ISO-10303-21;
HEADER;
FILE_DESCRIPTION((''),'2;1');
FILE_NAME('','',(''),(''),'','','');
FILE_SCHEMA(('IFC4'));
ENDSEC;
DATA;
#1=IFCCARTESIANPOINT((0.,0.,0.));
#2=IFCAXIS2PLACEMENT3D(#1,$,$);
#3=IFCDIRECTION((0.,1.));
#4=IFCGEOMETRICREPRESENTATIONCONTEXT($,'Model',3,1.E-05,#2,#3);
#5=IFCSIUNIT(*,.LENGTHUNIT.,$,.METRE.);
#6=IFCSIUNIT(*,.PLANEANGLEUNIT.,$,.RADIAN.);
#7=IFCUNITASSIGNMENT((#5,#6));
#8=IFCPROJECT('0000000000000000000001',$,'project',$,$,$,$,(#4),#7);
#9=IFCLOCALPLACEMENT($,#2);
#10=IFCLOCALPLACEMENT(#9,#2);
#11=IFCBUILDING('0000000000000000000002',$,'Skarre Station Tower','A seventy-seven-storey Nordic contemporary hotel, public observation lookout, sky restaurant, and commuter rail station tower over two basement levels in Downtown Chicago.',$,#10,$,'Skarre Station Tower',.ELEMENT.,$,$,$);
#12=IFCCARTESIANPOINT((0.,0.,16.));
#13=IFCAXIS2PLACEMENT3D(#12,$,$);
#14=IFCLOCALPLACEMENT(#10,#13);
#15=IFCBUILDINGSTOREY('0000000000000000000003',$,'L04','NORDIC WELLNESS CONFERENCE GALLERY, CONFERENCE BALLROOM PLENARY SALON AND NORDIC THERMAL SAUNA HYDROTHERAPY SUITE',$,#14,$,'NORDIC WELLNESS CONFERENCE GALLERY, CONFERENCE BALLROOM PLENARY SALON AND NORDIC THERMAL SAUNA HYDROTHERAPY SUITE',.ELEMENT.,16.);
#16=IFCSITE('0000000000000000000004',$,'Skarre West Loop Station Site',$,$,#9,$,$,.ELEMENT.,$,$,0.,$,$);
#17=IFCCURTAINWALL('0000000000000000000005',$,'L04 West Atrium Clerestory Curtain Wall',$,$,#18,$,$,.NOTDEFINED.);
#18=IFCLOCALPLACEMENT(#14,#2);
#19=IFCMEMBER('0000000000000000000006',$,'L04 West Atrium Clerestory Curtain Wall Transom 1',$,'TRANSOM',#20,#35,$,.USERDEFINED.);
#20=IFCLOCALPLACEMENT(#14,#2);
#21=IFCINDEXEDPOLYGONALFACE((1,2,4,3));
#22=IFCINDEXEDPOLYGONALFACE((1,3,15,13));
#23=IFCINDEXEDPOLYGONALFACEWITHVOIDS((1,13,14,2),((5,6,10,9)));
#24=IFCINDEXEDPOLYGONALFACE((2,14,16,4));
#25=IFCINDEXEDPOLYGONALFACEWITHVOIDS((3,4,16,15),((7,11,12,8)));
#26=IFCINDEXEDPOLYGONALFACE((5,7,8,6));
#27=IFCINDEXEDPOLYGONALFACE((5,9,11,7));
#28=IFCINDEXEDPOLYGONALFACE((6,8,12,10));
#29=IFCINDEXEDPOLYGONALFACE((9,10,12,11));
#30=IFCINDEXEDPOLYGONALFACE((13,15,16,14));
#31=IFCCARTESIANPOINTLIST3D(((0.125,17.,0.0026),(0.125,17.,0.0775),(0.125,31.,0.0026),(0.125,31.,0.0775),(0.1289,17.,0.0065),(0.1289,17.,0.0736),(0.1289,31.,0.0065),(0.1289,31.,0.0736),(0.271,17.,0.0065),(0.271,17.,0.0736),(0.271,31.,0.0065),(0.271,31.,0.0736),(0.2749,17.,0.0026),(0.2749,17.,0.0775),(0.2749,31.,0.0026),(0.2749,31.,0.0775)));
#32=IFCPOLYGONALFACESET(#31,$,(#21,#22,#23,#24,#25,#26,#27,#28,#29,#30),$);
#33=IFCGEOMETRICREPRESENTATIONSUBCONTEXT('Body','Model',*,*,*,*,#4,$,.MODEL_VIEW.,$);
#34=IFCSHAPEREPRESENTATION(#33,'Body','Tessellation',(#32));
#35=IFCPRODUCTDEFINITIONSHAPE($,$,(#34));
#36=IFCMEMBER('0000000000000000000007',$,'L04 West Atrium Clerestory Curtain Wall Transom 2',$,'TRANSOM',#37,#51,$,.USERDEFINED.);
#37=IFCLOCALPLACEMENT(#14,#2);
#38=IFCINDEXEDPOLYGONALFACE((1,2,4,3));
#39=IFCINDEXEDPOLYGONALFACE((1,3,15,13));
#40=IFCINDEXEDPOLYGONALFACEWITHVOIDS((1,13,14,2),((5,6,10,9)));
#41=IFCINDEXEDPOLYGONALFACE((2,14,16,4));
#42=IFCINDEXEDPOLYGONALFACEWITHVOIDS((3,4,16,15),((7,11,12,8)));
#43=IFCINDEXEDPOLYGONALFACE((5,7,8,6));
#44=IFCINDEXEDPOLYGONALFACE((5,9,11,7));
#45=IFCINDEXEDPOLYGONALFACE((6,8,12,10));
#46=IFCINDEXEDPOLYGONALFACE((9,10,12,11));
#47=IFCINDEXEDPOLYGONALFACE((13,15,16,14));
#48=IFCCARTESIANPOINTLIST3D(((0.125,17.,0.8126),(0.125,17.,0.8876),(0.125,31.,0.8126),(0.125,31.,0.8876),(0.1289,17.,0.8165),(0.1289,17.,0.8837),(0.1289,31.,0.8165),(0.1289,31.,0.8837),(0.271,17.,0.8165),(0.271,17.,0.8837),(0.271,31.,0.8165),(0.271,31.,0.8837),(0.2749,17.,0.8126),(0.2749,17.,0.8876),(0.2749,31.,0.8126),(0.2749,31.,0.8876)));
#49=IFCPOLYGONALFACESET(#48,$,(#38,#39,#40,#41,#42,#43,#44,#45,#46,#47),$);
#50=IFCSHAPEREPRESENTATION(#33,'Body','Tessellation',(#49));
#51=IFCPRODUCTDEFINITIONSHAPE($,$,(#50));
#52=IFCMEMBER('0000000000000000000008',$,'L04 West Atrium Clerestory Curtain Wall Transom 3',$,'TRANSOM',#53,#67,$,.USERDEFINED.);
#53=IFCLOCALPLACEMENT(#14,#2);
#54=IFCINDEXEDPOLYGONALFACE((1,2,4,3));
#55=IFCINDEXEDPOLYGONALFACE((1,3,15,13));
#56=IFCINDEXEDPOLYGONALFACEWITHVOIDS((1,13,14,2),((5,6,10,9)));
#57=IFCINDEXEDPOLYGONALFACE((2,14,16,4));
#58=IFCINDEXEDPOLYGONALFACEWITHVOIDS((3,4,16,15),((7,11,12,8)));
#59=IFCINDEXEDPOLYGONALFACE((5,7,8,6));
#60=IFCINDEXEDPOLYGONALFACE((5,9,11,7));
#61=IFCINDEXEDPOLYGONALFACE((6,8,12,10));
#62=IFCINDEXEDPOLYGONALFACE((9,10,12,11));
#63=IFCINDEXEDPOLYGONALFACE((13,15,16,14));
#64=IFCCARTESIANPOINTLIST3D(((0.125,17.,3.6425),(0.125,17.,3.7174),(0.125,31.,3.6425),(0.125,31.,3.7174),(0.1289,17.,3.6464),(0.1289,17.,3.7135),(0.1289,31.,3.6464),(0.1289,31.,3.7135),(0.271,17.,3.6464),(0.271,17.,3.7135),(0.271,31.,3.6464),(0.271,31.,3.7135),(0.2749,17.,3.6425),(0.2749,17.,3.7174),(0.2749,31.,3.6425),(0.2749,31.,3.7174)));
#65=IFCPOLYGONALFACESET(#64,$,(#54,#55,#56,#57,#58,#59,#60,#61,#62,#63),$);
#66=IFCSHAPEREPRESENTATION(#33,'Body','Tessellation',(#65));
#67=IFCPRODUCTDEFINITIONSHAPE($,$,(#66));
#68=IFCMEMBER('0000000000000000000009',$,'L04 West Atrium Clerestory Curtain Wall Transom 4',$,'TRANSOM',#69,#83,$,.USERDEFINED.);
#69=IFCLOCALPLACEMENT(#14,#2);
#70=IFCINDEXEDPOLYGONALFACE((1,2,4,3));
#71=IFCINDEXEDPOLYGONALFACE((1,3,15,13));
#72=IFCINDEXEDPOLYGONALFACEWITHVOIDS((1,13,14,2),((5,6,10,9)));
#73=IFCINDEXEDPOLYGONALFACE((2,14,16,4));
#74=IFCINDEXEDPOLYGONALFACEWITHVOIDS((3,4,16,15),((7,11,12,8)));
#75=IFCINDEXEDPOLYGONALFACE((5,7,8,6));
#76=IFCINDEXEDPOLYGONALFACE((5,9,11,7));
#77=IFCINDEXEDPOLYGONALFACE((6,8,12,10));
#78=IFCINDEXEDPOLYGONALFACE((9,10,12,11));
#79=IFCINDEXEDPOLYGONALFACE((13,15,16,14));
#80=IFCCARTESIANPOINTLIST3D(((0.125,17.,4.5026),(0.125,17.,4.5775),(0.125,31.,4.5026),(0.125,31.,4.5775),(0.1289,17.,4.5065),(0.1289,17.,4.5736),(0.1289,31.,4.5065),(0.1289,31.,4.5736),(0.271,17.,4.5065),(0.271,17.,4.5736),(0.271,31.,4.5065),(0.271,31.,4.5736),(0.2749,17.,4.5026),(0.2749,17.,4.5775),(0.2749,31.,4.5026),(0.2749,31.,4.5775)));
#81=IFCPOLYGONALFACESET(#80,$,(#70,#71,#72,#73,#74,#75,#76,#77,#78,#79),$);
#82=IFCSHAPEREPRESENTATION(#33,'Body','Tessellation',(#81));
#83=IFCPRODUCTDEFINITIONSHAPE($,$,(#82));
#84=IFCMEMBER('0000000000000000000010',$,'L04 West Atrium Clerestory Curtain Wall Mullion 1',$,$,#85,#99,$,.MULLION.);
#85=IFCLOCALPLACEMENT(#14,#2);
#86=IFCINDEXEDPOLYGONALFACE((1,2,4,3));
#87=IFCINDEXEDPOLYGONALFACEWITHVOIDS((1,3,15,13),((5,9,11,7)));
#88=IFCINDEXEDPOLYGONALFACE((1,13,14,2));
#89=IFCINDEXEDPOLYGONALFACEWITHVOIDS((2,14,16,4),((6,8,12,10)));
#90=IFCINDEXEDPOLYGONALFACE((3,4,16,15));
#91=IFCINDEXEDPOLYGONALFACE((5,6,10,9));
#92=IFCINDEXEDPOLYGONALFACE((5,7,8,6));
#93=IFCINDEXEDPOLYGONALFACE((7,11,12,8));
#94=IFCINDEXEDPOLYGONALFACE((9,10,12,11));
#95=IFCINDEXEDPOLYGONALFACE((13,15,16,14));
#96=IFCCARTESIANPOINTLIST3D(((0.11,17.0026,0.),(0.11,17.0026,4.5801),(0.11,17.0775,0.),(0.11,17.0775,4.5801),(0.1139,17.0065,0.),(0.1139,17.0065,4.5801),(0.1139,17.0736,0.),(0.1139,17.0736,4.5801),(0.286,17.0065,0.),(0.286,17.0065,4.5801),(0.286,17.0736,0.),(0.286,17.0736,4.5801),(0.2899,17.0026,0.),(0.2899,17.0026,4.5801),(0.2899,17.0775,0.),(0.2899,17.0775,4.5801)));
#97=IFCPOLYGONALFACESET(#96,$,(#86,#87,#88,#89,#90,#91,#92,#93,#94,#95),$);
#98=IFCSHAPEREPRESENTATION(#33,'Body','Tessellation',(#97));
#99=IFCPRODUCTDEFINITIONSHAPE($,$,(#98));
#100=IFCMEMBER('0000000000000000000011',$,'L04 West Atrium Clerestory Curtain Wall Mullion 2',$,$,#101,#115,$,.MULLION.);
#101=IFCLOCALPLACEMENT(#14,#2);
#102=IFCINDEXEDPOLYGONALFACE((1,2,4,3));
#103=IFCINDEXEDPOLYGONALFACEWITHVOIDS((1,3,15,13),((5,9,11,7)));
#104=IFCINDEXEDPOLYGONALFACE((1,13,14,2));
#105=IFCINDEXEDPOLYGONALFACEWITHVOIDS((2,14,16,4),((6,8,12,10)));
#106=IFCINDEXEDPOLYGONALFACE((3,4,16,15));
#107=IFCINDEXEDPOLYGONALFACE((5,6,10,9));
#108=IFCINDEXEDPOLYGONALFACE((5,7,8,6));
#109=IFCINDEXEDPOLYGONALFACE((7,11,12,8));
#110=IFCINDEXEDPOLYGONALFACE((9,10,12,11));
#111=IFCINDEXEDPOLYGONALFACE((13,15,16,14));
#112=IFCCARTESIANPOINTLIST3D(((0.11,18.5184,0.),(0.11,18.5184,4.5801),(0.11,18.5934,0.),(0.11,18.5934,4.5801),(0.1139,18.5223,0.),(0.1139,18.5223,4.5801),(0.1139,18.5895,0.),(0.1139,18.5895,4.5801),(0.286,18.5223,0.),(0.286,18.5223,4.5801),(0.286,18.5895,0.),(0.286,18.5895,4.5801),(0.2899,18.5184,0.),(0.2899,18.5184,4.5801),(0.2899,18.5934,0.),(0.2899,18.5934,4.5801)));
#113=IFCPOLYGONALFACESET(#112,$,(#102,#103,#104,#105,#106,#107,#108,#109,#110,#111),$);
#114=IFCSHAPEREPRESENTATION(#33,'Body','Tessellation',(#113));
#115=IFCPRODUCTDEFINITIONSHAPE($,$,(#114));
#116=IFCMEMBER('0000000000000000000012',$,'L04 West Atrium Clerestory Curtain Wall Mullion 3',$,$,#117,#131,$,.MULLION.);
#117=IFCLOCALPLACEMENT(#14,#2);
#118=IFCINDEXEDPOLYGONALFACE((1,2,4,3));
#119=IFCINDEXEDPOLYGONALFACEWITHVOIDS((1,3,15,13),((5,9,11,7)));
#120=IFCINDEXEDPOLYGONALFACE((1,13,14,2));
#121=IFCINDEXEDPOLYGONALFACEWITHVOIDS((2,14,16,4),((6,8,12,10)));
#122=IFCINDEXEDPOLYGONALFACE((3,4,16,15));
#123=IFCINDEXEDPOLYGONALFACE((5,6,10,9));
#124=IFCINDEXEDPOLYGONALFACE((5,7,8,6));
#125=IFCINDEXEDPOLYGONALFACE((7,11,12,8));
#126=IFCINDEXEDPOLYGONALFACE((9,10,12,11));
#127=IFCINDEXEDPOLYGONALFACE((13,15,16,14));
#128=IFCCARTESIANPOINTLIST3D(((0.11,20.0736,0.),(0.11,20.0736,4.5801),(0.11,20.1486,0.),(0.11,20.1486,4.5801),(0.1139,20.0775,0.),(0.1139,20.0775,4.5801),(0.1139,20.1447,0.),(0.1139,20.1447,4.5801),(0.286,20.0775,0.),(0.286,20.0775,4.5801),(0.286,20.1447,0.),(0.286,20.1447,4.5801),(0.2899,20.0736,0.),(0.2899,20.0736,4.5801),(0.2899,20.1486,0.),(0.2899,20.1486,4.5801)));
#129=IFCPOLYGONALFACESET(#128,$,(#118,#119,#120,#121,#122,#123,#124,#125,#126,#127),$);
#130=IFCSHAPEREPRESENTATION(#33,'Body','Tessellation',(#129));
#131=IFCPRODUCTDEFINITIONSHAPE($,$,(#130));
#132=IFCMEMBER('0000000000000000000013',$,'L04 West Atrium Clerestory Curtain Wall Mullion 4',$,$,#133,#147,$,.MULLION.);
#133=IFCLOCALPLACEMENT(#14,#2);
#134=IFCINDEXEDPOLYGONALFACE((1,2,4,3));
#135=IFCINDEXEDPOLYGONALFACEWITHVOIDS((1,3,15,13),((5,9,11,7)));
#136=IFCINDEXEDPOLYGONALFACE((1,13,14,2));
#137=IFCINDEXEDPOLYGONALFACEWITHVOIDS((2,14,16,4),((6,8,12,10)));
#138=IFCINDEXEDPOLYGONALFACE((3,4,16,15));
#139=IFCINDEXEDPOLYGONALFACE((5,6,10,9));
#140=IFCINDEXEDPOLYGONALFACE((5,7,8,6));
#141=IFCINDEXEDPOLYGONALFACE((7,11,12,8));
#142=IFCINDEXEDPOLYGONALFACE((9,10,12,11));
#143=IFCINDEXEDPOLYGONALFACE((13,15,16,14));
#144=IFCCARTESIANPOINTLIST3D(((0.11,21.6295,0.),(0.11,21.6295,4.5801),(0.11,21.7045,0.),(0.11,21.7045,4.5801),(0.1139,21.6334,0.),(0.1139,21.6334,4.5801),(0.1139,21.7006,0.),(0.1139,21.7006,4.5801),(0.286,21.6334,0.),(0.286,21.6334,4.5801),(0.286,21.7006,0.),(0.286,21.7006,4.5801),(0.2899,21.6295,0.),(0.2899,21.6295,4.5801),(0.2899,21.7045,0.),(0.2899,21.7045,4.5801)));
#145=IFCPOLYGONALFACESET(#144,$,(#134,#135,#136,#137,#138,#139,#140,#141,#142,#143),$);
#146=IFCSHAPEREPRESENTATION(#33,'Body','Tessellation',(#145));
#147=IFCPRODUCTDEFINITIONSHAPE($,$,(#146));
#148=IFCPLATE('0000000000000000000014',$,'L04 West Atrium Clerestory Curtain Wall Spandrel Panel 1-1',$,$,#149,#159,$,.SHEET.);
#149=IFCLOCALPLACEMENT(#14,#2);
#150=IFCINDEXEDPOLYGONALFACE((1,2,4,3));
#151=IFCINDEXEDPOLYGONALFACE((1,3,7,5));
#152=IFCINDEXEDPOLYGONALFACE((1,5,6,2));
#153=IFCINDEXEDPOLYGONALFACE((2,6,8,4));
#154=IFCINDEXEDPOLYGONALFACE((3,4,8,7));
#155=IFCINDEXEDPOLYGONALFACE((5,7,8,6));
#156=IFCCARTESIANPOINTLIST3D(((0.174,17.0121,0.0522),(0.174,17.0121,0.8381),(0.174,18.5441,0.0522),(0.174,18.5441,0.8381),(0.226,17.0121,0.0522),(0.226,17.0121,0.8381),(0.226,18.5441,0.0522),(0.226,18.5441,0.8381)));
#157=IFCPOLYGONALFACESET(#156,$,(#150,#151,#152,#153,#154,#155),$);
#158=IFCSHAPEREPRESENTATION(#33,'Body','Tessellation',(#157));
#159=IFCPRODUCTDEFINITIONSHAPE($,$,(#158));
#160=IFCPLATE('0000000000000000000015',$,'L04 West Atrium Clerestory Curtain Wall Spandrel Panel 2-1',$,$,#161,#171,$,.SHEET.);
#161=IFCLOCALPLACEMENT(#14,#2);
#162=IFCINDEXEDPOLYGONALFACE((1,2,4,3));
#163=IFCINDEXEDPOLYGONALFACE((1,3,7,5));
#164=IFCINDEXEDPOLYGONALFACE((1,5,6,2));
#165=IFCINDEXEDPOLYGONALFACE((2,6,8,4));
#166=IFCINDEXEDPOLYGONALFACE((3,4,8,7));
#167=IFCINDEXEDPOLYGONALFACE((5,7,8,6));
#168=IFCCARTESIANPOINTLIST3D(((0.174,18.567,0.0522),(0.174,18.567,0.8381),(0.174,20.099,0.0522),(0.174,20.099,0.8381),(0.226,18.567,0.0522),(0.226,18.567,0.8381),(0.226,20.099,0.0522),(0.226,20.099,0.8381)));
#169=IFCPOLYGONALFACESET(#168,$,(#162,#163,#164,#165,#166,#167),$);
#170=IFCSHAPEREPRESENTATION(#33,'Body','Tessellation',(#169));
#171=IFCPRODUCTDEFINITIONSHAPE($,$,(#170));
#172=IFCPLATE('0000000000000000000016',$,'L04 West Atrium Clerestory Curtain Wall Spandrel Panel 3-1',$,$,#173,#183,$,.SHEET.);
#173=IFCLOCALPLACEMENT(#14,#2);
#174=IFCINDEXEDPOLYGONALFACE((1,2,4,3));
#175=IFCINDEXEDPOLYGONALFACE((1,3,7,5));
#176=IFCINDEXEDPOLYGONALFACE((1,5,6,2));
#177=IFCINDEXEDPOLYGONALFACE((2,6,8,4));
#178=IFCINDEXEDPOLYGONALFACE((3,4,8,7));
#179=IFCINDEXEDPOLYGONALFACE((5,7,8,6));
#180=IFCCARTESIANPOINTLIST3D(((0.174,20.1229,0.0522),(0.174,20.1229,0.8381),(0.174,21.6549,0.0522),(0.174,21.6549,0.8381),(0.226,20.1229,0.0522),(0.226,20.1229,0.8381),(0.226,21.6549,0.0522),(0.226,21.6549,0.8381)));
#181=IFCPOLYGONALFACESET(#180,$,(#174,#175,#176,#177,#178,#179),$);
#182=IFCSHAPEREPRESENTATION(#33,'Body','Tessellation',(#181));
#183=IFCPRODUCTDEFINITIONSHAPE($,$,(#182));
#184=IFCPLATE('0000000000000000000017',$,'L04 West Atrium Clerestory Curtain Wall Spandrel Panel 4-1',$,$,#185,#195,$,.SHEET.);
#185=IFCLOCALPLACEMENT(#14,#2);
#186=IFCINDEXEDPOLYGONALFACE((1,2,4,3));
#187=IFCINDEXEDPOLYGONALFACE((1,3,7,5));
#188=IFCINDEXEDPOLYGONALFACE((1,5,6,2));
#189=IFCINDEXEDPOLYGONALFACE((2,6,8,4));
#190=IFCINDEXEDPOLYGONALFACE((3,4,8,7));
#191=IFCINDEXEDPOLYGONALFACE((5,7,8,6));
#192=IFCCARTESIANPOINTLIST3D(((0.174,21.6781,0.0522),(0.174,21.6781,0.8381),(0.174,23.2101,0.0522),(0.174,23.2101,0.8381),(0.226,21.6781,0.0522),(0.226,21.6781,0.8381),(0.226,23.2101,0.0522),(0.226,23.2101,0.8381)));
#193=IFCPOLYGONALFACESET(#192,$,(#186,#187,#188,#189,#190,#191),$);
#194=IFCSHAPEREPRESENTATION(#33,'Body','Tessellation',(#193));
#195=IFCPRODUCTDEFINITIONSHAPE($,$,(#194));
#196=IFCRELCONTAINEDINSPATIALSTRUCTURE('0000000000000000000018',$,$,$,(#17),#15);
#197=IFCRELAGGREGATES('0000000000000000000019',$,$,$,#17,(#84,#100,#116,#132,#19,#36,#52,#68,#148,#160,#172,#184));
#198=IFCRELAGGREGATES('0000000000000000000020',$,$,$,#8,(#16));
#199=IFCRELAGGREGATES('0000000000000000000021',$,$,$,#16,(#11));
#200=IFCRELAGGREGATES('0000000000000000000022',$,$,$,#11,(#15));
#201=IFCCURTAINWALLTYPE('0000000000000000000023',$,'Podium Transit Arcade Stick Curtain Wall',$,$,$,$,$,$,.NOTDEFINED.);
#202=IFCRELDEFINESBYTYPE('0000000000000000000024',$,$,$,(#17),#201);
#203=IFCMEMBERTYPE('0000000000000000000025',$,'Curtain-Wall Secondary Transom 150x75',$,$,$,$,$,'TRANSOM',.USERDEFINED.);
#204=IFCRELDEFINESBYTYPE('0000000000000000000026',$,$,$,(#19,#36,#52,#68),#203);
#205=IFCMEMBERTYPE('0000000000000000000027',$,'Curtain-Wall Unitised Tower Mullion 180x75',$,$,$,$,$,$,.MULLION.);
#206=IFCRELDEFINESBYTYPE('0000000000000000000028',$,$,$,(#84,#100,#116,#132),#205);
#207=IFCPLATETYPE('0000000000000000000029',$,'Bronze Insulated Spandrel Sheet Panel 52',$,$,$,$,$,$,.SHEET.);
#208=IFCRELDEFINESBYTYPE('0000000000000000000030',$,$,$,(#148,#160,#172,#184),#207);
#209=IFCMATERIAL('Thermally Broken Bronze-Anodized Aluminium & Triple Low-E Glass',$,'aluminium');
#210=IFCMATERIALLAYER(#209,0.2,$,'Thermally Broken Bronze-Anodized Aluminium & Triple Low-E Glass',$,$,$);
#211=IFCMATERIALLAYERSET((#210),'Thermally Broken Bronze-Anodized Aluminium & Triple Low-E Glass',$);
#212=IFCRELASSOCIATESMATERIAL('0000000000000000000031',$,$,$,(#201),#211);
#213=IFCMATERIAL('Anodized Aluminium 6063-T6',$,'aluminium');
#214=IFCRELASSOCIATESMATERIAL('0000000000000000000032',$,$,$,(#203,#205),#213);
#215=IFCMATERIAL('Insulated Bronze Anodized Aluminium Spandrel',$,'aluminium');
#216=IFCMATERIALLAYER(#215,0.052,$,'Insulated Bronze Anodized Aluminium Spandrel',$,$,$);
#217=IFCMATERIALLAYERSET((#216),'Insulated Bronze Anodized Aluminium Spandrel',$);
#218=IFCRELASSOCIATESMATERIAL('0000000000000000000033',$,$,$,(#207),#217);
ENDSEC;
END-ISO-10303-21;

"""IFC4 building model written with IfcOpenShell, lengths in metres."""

from ifc_helpers import new_model, si_unit, direction, frame, origin, origin_2d, place, context, subcontext, project, spatial, rectangle, hollow_rectangle, extrude, material, layer, layer_set, material_profile, profile_set, type_object, element, aggregate, save


model = new_model("IFC4")

# Units and contexts
model_context = context("Model", 3, precision=1e-05, world=origin(), true_north=direction((0.0, 1.0)))
body_context = subcontext(model_context, "Body", "Model", "MODEL_VIEW")
ifc_project = project(units=[si_unit("LENGTHUNIT", "METRE"), si_unit("PLANEANGLEUNIT", "RADIAN")], contexts=[model_context])

# Site, building, storey
site_placement = place(None, origin())
site = spatial("IfcSite", under=ifc_project, at=site_placement, Name="Skarre West Loop Station Site", CompositionType="ELEMENT", RefElevation=0.0)
building_placement = place(site_placement, origin())
building = spatial("IfcBuilding", under=site, at=building_placement, Name="Skarre Station Tower", Description="A seventy-seven-storey Nordic contemporary hotel, public observation lookout, sky restaurant, and commuter rail station tower over two basement levels in Downtown Chicago.", LongName="Skarre Station Tower", CompositionType="ELEMENT")
storey_placement = place(building_placement, frame((0.0, 0.0, 16.0)))
storey = spatial("IfcBuildingStorey", under=building, at=storey_placement, Name="L04", Description="NORDIC WELLNESS CONFERENCE GALLERY, CONFERENCE BALLROOM PLENARY SALON AND NORDIC THERMAL SAUNA HYDROTHERAPY SUITE", LongName="NORDIC WELLNESS CONFERENCE GALLERY, CONFERENCE BALLROOM PLENARY SALON AND NORDIC THERMAL SAUNA HYDROTHERAPY SUITE", CompositionType="ELEMENT", Elevation=16.0)

# Curtain wall, members, plates
ifc_material_1 = material(Name="Thermally Broken Bronze-Anodized Aluminium & Triple Low-E Glass", Category="aluminium")
ifc_layer_1 = layer(ifc_material_1, 0.2, Name="Thermally Broken Bronze-Anodized Aluminium & Triple Low-E Glass")
ifc_layer_set_1 = layer_set([ifc_layer_1], Name="Thermally Broken Bronze-Anodized Aluminium & Triple Low-E Glass")
curtain_wall_type = type_object("IfcCurtainWallType", Name="Podium Transit Arcade Stick Curtain Wall", PredefinedType="NOTDEFINED", material=ifc_layer_set_1)
curtain_wall_placement = place(storey_placement, origin())
curtain_wall = element("IfcCurtainWall", 1, at=curtain_wall_placement, inside=storey, type_object=curtain_wall_type, Name="L04 West Atrium Clerestory Curtain Wall", PredefinedType="NOTDEFINED")
ifc_material_2 = material(Name="Anodized Aluminium 6063-T6", Category="aluminium")
ifc_material_profile_1 = material_profile(ifc_material_2, hollow_rectangle(XDim=0.075, YDim=0.1499, WallThickness=0.0039, at=origin_2d()), Name="Anodized Aluminium 6063-T6")
ifc_profile_set_1 = profile_set([ifc_material_profile_1], Name="Anodized Aluminium 6063-T6")
member_type_1 = type_object("IfcMemberType", Name="Curtain-Wall Secondary Transom 150x75", ElementType="TRANSOM", PredefinedType="USERDEFINED", material=ifc_profile_set_1)
member_1_placement = place(storey_placement, frame((0.2, 17.0, 0.04), z_axis=(0.0, 1.0, 0.0), x_axis=(0.0, 0.0, 1.0)))
member_1 = element("IfcMember", 2, at=member_1_placement, type_object=member_type_1, Name="L04 West Atrium Clerestory Curtain Wall Transom 1", ObjectType="TRANSOM", PredefinedType="USERDEFINED", context=body_context, shape_type="SweptSolid", body=[
    extrude(hollow_rectangle(XDim=0.075, YDim=0.1499, WallThickness=0.0039, at=origin_2d()), origin(), (0.0, 0.0, 1.0), 14.0),
])
member_2_placement = place(storey_placement, frame((0.2, 17.0, 0.8501), z_axis=(0.0, 1.0, 0.0), x_axis=(0.0, 0.0, 1.0)))
member_2 = element("IfcMember", 3, at=member_2_placement, type_object=member_type_1, Name="L04 West Atrium Clerestory Curtain Wall Transom 2", ObjectType="TRANSOM", PredefinedType="USERDEFINED", context=body_context, shape_type="SweptSolid", body=[
    extrude(hollow_rectangle(XDim=0.075, YDim=0.1499, WallThickness=0.0039, at=origin_2d()), origin(), (0.0, 0.0, 1.0), 14.0),
])
member_3_placement = place(storey_placement, frame((0.2, 17.0, 3.6799), z_axis=(0.0, 1.0, 0.0), x_axis=(0.0, 0.0, 1.0)))
member_3 = element("IfcMember", 4, at=member_3_placement, type_object=member_type_1, Name="L04 West Atrium Clerestory Curtain Wall Transom 3", ObjectType="TRANSOM", PredefinedType="USERDEFINED", context=body_context, shape_type="SweptSolid", body=[
    extrude(hollow_rectangle(XDim=0.075, YDim=0.1499, WallThickness=0.0039, at=origin_2d()), origin(), (0.0, 0.0, 1.0), 14.0),
])
member_4_placement = place(storey_placement, frame((0.2, 17.0, 4.54), z_axis=(0.0, 1.0, 0.0), x_axis=(0.0, 0.0, 1.0)))
member_4 = element("IfcMember", 5, at=member_4_placement, type_object=member_type_1, Name="L04 West Atrium Clerestory Curtain Wall Transom 4", ObjectType="TRANSOM", PredefinedType="USERDEFINED", context=body_context, shape_type="SweptSolid", body=[
    extrude(hollow_rectangle(XDim=0.075, YDim=0.1499, WallThickness=0.0039, at=origin_2d()), origin(), (0.0, 0.0, 1.0), 14.0),
])
ifc_material_profile_2 = material_profile(ifc_material_2, hollow_rectangle(XDim=0.075, YDim=0.1799, WallThickness=0.0039, at=origin_2d()), Name="Anodized Aluminium 6063-T6")
ifc_profile_set_2 = profile_set([ifc_material_profile_2], Name="Anodized Aluminium 6063-T6")
member_type_2 = type_object("IfcMemberType", Name="Curtain-Wall Unitised Tower Mullion 180x75", PredefinedType="MULLION", material=ifc_profile_set_2)
member_5_placement = place(storey_placement, frame((0.2, 17.04, 0.0), z_axis=(0.0, 0.0, 1.0), x_axis=(0.0, 1.0, 0.0)))
member_5 = element("IfcMember", 6, at=member_5_placement, type_object=member_type_2, Name="L04 West Atrium Clerestory Curtain Wall Mullion 1", PredefinedType="MULLION", context=body_context, shape_type="SweptSolid", body=[
    extrude(hollow_rectangle(XDim=0.075, YDim=0.1799, WallThickness=0.0039, at=origin_2d()), origin(), (0.0, 0.0, 1.0), 4.5801),
])
member_6_placement = place(storey_placement, frame((0.2, 18.5559, 0.0), z_axis=(0.0, 0.0, 1.0), x_axis=(0.0, 1.0, 0.0)))
member_6 = element("IfcMember", 7, at=member_6_placement, type_object=member_type_2, Name="L04 West Atrium Clerestory Curtain Wall Mullion 2", PredefinedType="MULLION", context=body_context, shape_type="SweptSolid", body=[
    extrude(hollow_rectangle(XDim=0.075, YDim=0.1799, WallThickness=0.0039, at=origin_2d()), origin(), (0.0, 0.0, 1.0), 4.5801),
])
member_7_placement = place(storey_placement, frame((0.2, 20.1111, 0.0), z_axis=(0.0, 0.0, 1.0), x_axis=(0.0, 1.0, 0.0)))
member_7 = element("IfcMember", 8, at=member_7_placement, type_object=member_type_2, Name="L04 West Atrium Clerestory Curtain Wall Mullion 3", PredefinedType="MULLION", context=body_context, shape_type="SweptSolid", body=[
    extrude(hollow_rectangle(XDim=0.075, YDim=0.1799, WallThickness=0.0039, at=origin_2d()), origin(), (0.0, 0.0, 1.0), 4.5801),
])
member_8_placement = place(storey_placement, frame((0.2, 21.667, 0.0), z_axis=(0.0, 0.0, 1.0), x_axis=(0.0, 1.0, 0.0)))
member_8 = element("IfcMember", 9, at=member_8_placement, type_object=member_type_2, Name="L04 West Atrium Clerestory Curtain Wall Mullion 4", PredefinedType="MULLION", context=body_context, shape_type="SweptSolid", body=[
    extrude(hollow_rectangle(XDim=0.075, YDim=0.1799, WallThickness=0.0039, at=origin_2d()), origin(), (0.0, 0.0, 1.0), 4.5801),
])
ifc_material_3 = material(Name="Insulated Bronze Anodized Aluminium Spandrel", Category="aluminium")
ifc_layer_2 = layer(ifc_material_3, 0.052, Name="Insulated Bronze Anodized Aluminium Spandrel")
ifc_layer_set_2 = layer_set([ifc_layer_2], Name="Insulated Bronze Anodized Aluminium Spandrel")
plate_type_1 = type_object("IfcPlateType", Name="Bronze Insulated Spandrel Sheet Panel 52", PredefinedType="SHEET", material=ifc_layer_set_2)
plate_1_placement = place(storey_placement, frame((0.2, 17.7781, 0.0522), z_axis=(0.0, 0.0, 1.0), x_axis=(0.0, 1.0, 0.0)))
plate_1 = element("IfcPlate", 10, at=plate_1_placement, type_object=plate_type_1, Name="L04 West Atrium Clerestory Curtain Wall Spandrel Panel 1-1", PredefinedType="SHEET", context=body_context, shape_type="SweptSolid", body=[
    extrude(rectangle(XDim=1.532, YDim=0.052, at=origin_2d()), origin(), (0.0, 0.0, 1.0), 0.7859),
])
plate_2_placement = place(storey_placement, frame((0.2, 19.333, 0.0522), z_axis=(0.0, 0.0, 1.0), x_axis=(0.0, 1.0, 0.0)))
plate_2 = element("IfcPlate", 11, at=plate_2_placement, type_object=plate_type_1, Name="L04 West Atrium Clerestory Curtain Wall Spandrel Panel 2-1", PredefinedType="SHEET", context=body_context, shape_type="SweptSolid", body=[
    extrude(rectangle(XDim=1.532, YDim=0.052, at=origin_2d()), origin(), (0.0, 0.0, 1.0), 0.7859),
])
plate_3_placement = place(storey_placement, frame((0.2, 20.8889, 0.0522), z_axis=(0.0, 0.0, 1.0), x_axis=(0.0, 1.0, 0.0)))
plate_3 = element("IfcPlate", 12, at=plate_3_placement, type_object=plate_type_1, Name="L04 West Atrium Clerestory Curtain Wall Spandrel Panel 3-1", PredefinedType="SHEET", context=body_context, shape_type="SweptSolid", body=[
    extrude(rectangle(XDim=1.532, YDim=0.052, at=origin_2d()), origin(), (0.0, 0.0, 1.0), 0.7859),
])
plate_4_placement = place(storey_placement, frame((0.2, 22.4441, 0.0522), z_axis=(0.0, 0.0, 1.0), x_axis=(0.0, 1.0, 0.0)))
plate_4 = element("IfcPlate", 13, at=plate_4_placement, type_object=plate_type_1, Name="L04 West Atrium Clerestory Curtain Wall Spandrel Panel 4-1", PredefinedType="SHEET", context=body_context, shape_type="SweptSolid", body=[
    extrude(rectangle(XDim=1.532, YDim=0.052, at=origin_2d()), origin(), (0.0, 0.0, 1.0), 0.7859),
])
aggregate(curtain_wall, [member_5, member_6, member_7, member_8, member_1, member_2, member_3, member_4, plate_1, plate_2, plate_3, plate_4])

save(model, "model.ifc")
